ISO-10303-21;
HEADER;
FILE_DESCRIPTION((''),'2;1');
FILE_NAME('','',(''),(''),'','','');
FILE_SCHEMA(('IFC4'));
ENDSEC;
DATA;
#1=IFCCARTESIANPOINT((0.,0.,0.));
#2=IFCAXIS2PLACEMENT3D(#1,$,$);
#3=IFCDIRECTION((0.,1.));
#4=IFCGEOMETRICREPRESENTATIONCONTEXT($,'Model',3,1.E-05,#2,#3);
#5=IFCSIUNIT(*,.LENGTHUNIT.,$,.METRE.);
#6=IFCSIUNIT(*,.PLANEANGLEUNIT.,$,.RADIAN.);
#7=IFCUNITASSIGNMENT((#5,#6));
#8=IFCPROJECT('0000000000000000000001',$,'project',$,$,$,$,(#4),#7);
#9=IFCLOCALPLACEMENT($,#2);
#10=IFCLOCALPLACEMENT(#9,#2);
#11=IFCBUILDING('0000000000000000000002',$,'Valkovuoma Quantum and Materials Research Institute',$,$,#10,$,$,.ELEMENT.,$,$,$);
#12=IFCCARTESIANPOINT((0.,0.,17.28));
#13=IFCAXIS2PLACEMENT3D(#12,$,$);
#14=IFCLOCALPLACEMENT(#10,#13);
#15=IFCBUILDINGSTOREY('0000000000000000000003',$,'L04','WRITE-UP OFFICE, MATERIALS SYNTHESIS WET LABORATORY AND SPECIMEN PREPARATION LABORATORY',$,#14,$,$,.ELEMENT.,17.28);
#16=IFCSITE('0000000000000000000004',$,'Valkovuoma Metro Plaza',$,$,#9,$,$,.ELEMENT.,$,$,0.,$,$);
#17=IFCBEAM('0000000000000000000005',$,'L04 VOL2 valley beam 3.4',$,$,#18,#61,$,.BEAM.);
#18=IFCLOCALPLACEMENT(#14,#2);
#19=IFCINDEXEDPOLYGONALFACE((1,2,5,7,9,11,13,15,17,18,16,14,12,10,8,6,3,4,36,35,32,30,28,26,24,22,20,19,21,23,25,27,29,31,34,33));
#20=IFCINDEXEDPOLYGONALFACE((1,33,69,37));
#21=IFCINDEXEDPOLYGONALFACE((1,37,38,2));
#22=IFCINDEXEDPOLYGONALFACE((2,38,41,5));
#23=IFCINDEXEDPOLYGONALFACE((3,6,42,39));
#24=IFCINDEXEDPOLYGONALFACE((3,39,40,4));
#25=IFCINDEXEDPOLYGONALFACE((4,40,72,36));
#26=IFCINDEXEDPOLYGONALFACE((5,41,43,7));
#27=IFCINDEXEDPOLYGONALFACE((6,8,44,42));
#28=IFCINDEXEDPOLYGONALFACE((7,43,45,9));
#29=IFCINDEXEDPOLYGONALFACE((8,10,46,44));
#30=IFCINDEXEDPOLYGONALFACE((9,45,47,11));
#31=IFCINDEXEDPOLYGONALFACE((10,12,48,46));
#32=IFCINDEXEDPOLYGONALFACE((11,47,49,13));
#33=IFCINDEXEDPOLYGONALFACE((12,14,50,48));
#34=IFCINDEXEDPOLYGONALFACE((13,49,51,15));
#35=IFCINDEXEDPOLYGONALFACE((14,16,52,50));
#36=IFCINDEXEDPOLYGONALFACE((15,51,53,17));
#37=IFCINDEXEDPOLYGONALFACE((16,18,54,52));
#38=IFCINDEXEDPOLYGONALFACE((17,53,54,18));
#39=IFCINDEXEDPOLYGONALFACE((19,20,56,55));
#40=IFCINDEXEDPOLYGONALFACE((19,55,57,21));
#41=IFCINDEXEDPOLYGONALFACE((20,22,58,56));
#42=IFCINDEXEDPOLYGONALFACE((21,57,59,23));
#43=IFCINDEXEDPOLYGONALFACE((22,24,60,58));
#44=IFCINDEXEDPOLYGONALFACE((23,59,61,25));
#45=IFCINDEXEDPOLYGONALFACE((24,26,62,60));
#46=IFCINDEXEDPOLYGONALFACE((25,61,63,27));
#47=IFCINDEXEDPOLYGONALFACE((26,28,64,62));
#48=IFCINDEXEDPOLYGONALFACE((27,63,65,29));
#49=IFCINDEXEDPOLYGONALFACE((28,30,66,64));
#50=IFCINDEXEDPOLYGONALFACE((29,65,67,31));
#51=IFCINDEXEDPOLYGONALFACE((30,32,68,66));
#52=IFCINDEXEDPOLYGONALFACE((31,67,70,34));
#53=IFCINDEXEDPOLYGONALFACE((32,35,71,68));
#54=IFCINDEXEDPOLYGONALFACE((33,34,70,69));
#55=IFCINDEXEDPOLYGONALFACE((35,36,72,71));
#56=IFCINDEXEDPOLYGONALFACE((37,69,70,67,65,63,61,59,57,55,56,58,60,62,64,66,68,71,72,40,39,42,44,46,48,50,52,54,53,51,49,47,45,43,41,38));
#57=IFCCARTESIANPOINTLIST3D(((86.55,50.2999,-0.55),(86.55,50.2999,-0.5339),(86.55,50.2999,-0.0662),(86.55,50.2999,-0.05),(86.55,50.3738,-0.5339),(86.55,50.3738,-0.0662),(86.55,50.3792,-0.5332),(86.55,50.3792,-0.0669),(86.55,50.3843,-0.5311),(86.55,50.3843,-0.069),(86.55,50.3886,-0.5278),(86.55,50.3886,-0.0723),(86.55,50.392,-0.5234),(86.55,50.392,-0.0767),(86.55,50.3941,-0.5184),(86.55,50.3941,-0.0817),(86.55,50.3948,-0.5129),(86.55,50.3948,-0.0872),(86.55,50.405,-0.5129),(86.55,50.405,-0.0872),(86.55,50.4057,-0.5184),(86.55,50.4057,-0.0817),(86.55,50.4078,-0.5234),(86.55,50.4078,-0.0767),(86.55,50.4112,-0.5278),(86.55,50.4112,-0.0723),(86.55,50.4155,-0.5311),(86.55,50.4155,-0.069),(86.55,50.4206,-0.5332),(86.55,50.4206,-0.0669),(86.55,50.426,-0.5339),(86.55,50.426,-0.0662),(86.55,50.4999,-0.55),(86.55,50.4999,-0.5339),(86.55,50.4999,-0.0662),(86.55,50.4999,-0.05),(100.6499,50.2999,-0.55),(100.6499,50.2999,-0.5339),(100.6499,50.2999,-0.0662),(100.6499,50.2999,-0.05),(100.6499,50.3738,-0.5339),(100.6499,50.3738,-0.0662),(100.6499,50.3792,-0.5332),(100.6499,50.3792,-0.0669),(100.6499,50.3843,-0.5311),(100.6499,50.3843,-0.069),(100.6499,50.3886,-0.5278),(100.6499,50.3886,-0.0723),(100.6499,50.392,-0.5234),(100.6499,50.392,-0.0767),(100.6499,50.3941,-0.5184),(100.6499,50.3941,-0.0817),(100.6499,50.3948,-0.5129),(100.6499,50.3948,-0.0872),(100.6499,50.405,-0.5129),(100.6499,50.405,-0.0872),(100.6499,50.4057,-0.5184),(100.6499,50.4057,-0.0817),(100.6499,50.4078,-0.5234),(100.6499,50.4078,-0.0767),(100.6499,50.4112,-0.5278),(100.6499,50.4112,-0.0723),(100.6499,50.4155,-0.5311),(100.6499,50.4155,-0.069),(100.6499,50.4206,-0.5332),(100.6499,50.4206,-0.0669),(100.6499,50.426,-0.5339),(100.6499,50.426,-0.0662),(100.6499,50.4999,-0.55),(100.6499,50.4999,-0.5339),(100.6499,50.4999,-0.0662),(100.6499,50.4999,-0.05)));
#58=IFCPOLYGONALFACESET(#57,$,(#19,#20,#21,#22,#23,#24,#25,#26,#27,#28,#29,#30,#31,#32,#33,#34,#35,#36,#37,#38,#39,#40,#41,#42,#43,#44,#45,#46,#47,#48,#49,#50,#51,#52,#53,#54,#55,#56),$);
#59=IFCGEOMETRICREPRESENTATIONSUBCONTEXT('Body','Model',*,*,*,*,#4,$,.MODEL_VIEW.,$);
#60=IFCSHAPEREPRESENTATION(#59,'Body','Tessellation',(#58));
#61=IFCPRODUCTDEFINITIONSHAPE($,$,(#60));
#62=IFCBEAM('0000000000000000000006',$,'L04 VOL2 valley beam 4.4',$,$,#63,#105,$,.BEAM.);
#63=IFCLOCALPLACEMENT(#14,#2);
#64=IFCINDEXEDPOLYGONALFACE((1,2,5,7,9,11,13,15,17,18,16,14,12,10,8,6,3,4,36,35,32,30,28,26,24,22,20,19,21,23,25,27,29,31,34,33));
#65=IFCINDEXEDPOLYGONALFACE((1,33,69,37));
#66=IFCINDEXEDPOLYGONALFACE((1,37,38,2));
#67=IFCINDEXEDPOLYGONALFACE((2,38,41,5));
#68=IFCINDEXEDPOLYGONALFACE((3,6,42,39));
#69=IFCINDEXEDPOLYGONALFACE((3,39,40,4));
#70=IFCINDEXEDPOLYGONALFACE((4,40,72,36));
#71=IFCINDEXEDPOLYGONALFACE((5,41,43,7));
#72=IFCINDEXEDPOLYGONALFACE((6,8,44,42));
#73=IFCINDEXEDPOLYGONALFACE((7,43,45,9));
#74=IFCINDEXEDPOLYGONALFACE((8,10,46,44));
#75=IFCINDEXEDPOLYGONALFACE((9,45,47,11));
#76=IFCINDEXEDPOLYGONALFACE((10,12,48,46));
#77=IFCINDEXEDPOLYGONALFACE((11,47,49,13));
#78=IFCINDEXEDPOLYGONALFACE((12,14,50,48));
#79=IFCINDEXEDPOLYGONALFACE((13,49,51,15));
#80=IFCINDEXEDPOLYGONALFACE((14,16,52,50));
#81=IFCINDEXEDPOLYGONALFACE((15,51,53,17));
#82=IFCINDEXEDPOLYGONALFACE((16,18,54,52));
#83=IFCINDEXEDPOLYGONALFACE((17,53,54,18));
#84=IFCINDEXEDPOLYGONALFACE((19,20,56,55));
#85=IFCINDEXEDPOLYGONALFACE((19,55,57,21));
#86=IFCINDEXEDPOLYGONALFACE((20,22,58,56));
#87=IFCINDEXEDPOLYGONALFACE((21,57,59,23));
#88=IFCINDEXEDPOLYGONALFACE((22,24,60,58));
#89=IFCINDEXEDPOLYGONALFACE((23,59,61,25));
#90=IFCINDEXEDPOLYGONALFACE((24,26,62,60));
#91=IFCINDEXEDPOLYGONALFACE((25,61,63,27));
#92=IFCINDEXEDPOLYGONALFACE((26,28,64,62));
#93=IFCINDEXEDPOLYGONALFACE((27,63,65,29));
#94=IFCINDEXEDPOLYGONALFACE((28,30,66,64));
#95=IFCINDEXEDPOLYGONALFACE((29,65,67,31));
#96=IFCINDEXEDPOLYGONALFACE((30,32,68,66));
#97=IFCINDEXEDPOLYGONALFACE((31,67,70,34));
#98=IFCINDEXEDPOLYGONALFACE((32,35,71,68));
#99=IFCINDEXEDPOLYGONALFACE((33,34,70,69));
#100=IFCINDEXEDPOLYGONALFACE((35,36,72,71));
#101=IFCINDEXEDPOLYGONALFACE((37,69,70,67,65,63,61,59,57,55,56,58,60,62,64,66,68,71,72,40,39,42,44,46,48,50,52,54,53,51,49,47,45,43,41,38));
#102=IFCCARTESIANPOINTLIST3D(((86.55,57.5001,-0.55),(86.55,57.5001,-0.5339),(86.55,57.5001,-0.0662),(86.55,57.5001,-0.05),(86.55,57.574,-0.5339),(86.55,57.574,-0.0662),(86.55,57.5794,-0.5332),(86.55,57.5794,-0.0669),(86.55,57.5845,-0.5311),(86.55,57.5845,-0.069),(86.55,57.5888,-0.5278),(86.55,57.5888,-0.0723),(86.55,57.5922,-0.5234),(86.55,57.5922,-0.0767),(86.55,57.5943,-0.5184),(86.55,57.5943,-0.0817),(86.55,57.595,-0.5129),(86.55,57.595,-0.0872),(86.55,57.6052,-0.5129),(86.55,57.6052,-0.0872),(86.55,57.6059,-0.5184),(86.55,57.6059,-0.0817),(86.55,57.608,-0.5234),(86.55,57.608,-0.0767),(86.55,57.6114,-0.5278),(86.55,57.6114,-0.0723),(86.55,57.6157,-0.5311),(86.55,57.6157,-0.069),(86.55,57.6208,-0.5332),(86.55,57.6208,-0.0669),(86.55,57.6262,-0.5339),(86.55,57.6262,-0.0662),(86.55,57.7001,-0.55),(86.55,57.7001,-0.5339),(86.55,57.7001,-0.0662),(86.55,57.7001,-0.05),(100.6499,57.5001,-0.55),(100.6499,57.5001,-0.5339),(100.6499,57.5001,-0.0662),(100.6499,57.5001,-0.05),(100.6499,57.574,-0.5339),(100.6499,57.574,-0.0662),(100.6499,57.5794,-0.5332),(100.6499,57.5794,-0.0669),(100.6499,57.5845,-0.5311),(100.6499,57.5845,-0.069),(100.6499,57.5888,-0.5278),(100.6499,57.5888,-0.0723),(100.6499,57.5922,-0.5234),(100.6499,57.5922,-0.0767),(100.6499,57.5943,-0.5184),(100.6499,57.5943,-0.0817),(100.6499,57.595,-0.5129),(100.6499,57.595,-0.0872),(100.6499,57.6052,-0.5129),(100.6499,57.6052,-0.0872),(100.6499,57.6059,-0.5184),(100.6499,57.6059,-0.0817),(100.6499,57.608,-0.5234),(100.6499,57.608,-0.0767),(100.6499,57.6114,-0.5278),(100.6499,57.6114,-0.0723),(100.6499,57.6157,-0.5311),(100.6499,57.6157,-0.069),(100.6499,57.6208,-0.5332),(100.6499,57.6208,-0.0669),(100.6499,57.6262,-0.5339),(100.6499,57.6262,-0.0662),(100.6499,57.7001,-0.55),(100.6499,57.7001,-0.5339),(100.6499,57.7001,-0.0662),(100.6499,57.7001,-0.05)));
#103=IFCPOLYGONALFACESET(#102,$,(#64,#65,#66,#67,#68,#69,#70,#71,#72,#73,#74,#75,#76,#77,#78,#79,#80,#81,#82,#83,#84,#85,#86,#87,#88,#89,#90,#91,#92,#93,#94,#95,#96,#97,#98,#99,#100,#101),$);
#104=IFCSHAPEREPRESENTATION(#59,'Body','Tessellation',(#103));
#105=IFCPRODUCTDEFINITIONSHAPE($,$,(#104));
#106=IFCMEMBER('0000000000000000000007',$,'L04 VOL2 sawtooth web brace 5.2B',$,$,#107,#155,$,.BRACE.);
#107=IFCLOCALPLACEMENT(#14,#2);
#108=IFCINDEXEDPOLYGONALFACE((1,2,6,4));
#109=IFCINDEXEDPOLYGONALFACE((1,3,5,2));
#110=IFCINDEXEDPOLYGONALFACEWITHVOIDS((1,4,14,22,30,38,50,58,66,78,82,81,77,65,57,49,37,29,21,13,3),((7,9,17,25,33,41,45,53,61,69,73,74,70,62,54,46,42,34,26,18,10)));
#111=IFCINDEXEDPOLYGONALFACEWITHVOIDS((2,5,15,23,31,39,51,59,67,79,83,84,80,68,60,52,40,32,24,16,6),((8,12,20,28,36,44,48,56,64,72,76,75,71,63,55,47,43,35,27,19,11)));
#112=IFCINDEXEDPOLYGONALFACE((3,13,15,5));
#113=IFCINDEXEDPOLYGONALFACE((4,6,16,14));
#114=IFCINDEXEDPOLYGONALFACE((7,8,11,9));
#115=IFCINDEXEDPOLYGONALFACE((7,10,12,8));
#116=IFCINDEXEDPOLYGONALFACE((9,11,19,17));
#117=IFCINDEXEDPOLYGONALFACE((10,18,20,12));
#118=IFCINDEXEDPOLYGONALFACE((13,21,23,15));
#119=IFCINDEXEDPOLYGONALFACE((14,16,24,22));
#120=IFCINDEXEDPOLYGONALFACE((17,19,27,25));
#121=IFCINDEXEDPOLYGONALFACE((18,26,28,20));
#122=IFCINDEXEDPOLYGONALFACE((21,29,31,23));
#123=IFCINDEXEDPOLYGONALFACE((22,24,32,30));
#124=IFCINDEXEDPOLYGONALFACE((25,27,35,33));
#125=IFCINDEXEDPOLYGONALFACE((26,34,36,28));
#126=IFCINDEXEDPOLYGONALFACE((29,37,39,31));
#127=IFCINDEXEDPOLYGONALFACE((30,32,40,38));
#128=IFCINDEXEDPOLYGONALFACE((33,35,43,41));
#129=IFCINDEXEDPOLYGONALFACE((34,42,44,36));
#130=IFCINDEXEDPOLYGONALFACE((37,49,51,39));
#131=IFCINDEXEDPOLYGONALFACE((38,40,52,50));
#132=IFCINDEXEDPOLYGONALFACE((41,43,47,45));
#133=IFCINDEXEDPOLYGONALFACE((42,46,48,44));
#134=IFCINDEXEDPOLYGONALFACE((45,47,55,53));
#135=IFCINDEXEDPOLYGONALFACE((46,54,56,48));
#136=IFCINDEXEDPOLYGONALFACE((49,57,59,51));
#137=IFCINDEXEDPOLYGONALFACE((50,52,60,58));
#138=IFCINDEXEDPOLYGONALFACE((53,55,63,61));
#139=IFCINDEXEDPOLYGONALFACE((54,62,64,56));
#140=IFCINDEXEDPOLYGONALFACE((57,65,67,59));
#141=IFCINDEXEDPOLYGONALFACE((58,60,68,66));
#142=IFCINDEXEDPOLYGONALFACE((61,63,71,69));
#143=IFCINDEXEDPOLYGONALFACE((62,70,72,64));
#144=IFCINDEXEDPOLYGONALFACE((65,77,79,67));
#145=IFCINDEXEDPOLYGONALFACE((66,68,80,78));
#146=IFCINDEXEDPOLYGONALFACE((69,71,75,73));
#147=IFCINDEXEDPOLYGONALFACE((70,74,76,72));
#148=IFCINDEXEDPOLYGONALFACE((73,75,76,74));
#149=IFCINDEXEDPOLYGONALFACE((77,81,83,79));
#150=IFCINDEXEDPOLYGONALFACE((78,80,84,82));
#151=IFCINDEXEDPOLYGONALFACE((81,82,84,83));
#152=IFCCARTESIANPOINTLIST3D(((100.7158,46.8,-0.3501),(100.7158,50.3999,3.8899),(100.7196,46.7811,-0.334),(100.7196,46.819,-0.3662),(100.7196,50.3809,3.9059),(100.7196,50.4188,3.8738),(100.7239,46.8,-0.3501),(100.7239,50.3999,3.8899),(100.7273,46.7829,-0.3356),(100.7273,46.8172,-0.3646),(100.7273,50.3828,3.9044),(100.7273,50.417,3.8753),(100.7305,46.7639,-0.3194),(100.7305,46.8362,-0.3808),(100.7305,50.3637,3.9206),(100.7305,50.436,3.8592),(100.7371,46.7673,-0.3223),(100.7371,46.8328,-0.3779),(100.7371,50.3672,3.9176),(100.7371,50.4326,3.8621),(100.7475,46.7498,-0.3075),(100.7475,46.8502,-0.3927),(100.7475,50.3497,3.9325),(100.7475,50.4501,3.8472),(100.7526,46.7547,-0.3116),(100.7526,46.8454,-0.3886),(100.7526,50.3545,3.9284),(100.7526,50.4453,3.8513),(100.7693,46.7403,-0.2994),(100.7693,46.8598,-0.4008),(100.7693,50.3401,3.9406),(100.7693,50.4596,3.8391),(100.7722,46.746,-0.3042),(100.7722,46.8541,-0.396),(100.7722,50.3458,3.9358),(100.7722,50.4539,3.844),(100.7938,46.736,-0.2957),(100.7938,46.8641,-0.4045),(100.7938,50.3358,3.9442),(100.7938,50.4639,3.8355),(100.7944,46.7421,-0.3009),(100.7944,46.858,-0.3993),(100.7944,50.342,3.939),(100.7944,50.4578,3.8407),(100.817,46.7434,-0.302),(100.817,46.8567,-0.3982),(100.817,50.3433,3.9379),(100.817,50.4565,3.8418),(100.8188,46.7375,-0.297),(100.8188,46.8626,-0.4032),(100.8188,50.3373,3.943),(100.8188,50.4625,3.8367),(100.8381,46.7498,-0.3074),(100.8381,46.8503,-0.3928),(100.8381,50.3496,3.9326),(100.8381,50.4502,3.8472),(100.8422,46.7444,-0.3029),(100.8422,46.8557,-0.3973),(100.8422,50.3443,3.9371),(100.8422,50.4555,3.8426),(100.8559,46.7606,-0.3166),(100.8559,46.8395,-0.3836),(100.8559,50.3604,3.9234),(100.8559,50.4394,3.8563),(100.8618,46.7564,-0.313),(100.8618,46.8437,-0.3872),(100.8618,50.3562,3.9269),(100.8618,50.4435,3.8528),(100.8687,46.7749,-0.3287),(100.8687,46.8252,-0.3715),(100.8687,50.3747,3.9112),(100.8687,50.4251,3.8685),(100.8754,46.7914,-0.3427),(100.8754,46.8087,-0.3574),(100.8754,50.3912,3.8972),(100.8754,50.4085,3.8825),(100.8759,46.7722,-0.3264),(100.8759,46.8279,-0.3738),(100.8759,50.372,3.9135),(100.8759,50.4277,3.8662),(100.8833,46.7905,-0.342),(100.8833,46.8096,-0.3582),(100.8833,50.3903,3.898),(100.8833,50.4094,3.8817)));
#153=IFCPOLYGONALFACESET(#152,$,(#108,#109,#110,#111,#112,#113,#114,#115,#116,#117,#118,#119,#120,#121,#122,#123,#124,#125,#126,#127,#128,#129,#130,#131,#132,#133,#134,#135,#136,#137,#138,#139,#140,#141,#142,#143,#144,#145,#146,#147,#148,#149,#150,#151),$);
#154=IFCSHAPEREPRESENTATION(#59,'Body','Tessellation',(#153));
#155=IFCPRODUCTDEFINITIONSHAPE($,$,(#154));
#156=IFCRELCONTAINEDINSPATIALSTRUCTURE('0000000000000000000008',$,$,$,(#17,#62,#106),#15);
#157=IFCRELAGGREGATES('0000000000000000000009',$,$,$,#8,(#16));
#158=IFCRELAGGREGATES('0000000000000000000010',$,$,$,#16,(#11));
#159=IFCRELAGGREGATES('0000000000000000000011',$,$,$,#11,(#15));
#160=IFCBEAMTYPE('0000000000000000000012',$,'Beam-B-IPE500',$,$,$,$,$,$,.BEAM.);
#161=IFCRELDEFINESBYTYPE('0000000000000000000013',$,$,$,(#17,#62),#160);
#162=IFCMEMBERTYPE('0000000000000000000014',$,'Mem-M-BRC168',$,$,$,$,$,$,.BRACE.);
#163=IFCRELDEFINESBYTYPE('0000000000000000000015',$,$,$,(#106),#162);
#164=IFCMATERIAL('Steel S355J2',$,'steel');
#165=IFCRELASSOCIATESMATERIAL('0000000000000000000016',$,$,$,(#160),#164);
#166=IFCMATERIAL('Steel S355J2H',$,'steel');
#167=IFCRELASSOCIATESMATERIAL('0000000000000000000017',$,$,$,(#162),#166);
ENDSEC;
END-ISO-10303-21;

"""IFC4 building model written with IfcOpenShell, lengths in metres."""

from ifc_helpers import new_model, si_unit, direction, frame, origin, origin_2d, place, context, subcontext, project, spatial, hollow_circle, i_section, extrude, material, material_profile, profile_set, type_object, element, save


model = new_model("IFC4")

# Units and contexts
model_context = context("Model", 3, precision=1e-05, world=origin(), true_north=direction((0.0, 1.0)))
body_context = subcontext(model_context, "Body", "Model", "MODEL_VIEW")
ifc_project = project(units=[si_unit("LENGTHUNIT", "METRE"), si_unit("PLANEANGLEUNIT", "RADIAN")], contexts=[model_context])

# Site, building, storey
site_placement = place(None, origin())
site = spatial("IfcSite", under=ifc_project, at=site_placement, Name="Valkovuoma Metro Plaza", CompositionType="ELEMENT", RefElevation=0.0)
building_placement = place(site_placement, origin())
building = spatial("IfcBuilding", under=site, at=building_placement, Name="Valkovuoma Quantum and Materials Research Institute", CompositionType="ELEMENT")
storey_placement = place(building_placement, frame((0.0, 0.0, 17.28)))
storey = spatial("IfcBuildingStorey", under=building, at=storey_placement, Name="L04", Description="WRITE-UP OFFICE, MATERIALS SYNTHESIS WET LABORATORY AND SPECIMEN PREPARATION LABORATORY", CompositionType="ELEMENT", Elevation=17.28)

# Beams
ifc_material_1 = material(Name="Steel S355J2", Category="steel")
ifc_material_profile_1 = material_profile(ifc_material_1, i_section(OverallWidth=0.2, OverallDepth=0.5, WebThickness=0.0103, FlangeThickness=0.0161, FilletRadius=0.021, at=origin_2d()), Name="Steel S355J2")
ifc_profile_set_1 = profile_set([ifc_material_profile_1], Name="Steel S355J2")
beam_type = type_object("IfcBeamType", Name="Beam-B-IPE500", PredefinedType="BEAM", material=ifc_profile_set_1)
for number, where, z_axis, x_axis, name in (
    (1, (86.55, 50.3999, -0.3), (1.0, 0.0, 0.0), (0.0, 1.0, 0.0), "L04 VOL2 valley beam 3.4"),
    (2, (86.55, 57.6001, -0.3), (1.0, 0.0, 0.0), (0.0, 1.0, 0.0), "L04 VOL2 valley beam 4.4"),
):
    element("IfcBeam", number, at=place(storey_placement, frame(where, z_axis=z_axis, x_axis=x_axis)), inside=storey, type_object=beam_type, Name=name, PredefinedType="BEAM", context=body_context, shape_type="SweptSolid", body=[
        extrude(i_section(OverallWidth=0.2, OverallDepth=0.5, WebThickness=0.0103, FlangeThickness=0.0161, FilletRadius=0.021, at=origin_2d()), origin(), (0.0, 0.0, 1.0), 14.0999),
    ])

# Member
ifc_material_2 = material(Name="Steel S355J2H", Category="steel")
ifc_material_profile_2 = material_profile(ifc_material_2, hollow_circle(Radius=0.0842, WallThickness=0.0081, at=origin_2d()), Name="Steel S355J2H")
ifc_profile_set_2 = profile_set([ifc_material_profile_2], Name="Steel S355J2H")
member_type_1 = type_object("IfcMemberType", Name="Mem-M-BRC168", PredefinedType="BRACE", material=ifc_profile_set_2)
member_1_placement = place(storey_placement, frame((100.8, 46.8, -0.3501), z_axis=(0.0, 0.647216, 0.762306), x_axis=(-1.0, 0.0, 0.0)))
element("IfcMember", 3, at=member_1_placement, inside=storey, type_object=member_type_1, Name="L04 VOL2 sawtooth web brace 5.2B", PredefinedType="BRACE", context=body_context, shape_type="SweptSolid", body=[
    extrude(hollow_circle(Radius=0.0842, WallThickness=0.0081, at=origin_2d()), origin(), (0.0, 0.0, 1.0), 5.562),
])

save(model, "model.ifc")
